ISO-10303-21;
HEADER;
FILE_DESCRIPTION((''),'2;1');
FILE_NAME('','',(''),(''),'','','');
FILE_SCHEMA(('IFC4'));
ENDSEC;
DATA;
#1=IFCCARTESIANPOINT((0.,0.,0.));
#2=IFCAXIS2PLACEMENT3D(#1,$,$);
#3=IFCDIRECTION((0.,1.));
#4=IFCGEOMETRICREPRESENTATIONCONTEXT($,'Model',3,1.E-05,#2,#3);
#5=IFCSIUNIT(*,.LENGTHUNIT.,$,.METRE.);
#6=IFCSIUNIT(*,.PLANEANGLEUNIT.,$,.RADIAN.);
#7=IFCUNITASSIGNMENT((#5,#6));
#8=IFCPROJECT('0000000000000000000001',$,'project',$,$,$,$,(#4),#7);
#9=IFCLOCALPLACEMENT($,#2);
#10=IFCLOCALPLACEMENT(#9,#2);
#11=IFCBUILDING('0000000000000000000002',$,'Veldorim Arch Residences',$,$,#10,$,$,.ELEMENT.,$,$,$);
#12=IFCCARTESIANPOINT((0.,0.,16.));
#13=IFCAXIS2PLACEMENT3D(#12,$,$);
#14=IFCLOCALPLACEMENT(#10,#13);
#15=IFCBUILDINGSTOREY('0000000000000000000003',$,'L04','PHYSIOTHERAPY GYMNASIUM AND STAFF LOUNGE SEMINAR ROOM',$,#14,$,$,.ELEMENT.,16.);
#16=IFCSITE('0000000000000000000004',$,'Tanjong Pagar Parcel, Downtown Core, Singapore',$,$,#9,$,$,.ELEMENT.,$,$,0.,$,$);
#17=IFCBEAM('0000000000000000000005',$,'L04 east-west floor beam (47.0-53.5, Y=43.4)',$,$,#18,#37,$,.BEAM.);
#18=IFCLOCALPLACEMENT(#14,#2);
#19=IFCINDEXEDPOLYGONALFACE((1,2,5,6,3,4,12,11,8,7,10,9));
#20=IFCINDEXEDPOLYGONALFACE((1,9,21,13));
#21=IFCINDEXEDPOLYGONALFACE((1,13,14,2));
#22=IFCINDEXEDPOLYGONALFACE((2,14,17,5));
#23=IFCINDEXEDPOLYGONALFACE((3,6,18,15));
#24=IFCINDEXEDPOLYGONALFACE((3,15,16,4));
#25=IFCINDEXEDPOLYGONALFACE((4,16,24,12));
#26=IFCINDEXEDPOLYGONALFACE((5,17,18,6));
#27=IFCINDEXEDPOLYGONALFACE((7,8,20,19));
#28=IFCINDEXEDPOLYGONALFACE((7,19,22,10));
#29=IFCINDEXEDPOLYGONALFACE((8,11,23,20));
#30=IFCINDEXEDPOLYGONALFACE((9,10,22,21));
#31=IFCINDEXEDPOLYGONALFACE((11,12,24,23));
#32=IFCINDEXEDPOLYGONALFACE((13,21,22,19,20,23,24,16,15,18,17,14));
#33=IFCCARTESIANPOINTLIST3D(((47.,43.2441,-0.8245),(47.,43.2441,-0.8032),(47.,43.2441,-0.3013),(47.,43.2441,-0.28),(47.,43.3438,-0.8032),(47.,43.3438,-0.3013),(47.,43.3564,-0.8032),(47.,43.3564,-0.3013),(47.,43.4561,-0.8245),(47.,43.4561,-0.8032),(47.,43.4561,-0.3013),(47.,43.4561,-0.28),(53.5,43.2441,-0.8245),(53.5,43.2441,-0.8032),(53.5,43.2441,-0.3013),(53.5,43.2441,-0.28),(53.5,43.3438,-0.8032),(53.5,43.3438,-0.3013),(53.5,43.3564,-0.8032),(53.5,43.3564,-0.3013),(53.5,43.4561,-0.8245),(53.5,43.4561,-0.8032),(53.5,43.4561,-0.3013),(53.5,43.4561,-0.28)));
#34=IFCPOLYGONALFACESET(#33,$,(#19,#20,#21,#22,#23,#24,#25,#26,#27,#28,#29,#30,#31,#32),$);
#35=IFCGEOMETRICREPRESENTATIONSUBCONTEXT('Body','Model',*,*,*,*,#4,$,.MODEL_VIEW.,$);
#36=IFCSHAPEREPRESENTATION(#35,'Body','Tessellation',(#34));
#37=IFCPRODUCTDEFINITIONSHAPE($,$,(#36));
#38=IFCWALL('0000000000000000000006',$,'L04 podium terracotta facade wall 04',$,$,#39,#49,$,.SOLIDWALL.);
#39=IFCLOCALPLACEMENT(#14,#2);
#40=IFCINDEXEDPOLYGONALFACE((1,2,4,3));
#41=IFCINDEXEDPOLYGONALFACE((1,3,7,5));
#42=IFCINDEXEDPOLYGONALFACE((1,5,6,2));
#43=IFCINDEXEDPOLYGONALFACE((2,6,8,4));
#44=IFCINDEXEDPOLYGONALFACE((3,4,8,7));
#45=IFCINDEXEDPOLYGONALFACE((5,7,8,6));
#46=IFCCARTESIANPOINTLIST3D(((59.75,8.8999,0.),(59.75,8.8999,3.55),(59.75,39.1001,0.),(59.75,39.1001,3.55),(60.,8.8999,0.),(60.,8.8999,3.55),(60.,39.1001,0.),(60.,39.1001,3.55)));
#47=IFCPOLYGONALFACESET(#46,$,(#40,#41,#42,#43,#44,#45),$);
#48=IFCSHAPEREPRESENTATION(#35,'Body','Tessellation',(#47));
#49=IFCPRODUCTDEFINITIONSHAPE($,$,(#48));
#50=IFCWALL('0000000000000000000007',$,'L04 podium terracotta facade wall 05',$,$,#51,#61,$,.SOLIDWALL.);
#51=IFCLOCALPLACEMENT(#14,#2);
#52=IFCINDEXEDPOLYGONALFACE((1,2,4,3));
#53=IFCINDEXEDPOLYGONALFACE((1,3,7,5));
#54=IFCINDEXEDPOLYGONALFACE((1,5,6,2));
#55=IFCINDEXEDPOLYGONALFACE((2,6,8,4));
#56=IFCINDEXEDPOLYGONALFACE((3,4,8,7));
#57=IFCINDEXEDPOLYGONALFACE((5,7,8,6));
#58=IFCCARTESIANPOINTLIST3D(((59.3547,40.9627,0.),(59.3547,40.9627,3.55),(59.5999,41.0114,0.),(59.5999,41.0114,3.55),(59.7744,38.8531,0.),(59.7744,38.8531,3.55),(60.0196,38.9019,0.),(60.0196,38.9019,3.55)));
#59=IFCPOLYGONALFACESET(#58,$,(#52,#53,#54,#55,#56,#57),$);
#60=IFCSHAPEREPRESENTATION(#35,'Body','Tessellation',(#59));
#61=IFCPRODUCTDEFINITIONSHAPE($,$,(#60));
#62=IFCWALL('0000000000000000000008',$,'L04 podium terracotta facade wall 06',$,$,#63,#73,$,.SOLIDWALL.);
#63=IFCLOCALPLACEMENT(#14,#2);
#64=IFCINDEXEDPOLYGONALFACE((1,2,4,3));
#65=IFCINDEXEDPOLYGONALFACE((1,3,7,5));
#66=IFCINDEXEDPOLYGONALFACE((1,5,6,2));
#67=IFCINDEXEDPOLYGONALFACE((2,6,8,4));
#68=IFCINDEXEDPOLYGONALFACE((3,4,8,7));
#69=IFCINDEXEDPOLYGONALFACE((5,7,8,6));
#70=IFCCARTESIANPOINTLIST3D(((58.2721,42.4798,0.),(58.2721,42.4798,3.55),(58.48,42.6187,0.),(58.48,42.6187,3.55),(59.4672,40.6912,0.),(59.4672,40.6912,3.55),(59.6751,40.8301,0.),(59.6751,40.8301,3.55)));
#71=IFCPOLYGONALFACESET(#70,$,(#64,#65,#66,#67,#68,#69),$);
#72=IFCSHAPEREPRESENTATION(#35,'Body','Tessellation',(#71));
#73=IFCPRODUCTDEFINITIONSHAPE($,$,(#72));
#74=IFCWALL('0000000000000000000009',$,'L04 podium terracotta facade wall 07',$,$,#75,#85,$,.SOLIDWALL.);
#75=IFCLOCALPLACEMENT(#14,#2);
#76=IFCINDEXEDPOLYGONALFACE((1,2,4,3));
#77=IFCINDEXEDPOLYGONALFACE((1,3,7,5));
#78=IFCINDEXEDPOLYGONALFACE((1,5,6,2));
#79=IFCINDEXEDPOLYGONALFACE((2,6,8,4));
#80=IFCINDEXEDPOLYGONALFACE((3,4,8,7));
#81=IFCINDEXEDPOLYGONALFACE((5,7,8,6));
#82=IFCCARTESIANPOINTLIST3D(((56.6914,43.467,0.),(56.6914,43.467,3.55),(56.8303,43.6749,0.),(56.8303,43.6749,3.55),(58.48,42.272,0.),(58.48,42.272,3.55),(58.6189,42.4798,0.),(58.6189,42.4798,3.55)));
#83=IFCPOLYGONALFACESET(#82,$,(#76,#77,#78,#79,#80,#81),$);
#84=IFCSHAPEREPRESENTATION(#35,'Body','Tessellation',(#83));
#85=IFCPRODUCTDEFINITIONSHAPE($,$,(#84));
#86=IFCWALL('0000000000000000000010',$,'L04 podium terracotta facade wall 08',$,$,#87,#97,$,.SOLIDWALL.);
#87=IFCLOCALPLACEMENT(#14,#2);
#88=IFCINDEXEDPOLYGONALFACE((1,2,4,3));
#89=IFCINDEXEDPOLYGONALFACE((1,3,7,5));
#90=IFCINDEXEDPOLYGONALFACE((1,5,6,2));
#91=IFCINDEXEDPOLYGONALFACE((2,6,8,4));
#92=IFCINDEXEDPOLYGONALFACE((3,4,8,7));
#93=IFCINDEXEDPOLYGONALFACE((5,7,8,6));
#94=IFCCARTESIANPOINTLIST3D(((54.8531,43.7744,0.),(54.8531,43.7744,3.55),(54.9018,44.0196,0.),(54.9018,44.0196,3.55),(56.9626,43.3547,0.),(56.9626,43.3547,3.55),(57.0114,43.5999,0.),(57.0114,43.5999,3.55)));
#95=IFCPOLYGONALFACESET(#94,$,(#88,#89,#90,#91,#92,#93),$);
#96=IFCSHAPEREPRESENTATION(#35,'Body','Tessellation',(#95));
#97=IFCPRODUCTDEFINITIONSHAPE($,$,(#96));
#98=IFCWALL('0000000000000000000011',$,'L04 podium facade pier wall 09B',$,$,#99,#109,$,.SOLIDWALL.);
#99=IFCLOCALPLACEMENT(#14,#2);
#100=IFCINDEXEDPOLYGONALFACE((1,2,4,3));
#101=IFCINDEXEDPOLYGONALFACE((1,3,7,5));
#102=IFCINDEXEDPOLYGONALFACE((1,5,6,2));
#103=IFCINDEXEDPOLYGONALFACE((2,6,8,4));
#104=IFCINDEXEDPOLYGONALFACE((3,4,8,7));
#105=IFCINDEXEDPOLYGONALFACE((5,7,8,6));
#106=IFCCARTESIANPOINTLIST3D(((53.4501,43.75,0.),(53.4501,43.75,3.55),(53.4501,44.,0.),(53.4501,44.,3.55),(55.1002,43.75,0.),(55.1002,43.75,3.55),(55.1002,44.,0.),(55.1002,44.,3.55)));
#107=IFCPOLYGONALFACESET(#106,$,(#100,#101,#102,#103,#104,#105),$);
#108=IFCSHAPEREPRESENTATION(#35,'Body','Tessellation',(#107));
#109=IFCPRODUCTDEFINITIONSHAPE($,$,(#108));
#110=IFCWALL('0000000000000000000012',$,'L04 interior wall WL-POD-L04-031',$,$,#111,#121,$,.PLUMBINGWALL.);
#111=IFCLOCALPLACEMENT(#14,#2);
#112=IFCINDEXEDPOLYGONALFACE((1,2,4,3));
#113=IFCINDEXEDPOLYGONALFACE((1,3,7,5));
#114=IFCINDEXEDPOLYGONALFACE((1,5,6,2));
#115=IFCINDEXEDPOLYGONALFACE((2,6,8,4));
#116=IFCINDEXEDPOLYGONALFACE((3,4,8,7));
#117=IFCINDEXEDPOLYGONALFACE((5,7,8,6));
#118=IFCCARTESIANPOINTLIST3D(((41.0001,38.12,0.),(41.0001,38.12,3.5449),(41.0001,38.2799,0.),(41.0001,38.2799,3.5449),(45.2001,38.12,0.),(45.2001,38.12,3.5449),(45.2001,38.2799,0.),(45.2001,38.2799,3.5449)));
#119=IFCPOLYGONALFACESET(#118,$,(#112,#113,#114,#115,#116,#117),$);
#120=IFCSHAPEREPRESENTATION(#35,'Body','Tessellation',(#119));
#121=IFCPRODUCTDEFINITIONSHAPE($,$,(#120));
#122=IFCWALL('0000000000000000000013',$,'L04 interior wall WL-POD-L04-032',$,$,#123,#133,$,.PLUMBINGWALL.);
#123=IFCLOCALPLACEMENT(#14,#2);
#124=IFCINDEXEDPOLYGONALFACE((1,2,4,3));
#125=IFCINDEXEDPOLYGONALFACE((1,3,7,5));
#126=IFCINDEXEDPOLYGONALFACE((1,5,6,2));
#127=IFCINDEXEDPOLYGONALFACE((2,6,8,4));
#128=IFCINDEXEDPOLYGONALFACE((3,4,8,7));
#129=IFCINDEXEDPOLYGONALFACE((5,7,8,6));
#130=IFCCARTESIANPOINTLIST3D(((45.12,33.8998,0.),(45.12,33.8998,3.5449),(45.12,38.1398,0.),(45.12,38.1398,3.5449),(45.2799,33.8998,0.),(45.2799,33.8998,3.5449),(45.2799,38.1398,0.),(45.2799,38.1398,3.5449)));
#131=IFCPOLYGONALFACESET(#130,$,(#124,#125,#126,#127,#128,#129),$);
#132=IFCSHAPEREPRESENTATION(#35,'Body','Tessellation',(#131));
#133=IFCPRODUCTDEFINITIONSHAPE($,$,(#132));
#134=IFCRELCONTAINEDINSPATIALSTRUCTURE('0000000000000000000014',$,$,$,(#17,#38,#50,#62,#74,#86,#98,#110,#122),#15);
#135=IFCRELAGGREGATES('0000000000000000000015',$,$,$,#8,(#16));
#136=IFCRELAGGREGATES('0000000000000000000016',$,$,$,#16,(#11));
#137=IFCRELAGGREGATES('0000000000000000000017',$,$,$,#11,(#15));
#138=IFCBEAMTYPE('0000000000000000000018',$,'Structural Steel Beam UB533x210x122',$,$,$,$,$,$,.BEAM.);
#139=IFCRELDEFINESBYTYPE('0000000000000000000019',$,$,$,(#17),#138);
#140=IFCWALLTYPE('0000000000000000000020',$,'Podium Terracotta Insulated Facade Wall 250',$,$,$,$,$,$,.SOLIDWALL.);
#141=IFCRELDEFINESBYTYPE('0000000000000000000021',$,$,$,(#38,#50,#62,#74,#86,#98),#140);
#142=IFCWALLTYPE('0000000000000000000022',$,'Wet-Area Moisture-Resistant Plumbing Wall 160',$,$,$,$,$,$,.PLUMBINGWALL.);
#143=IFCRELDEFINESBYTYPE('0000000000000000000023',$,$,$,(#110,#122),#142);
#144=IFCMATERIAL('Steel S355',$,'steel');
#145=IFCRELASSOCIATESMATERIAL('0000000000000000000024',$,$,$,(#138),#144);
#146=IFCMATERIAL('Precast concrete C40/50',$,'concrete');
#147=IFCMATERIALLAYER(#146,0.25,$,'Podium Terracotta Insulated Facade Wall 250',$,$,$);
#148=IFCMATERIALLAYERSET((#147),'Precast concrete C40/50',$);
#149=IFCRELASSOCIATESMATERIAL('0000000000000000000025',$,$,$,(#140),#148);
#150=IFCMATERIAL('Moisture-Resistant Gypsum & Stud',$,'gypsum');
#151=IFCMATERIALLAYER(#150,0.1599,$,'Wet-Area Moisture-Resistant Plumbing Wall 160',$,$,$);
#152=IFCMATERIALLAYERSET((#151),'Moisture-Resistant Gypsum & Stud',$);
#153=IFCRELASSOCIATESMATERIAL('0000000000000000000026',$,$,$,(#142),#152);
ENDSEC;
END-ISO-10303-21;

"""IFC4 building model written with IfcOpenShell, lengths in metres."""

from ifc_helpers import new_model, si_unit, direction, frame, frame_2d, origin, origin_2d, place, context, subcontext, project, spatial, rectangle, i_section, extrude, material, layer, layer_set, material_profile, profile_set, type_object, element, save


model = new_model("IFC4")

# Units and contexts
model_context = context("Model", 3, precision=1e-05, world=origin(), true_north=direction((0.0, 1.0)))
body_context = subcontext(model_context, "Body", "Model", "MODEL_VIEW")
ifc_project = project(units=[si_unit("LENGTHUNIT", "METRE"), si_unit("PLANEANGLEUNIT", "RADIAN")], contexts=[model_context])

# Site, building, storey
site_placement = place(None, origin())
site = spatial("IfcSite", under=ifc_project, at=site_placement, Name="Tanjong Pagar Parcel, Downtown Core, Singapore", CompositionType="ELEMENT", RefElevation=0.0)
building_placement = place(site_placement, origin())
building = spatial("IfcBuilding", under=site, at=building_placement, Name="Veldorim Arch Residences", CompositionType="ELEMENT")
storey_placement = place(building_placement, frame((0.0, 0.0, 16.0)))
storey = spatial("IfcBuildingStorey", under=building, at=storey_placement, Name="L04", Description="PHYSIOTHERAPY GYMNASIUM AND STAFF LOUNGE SEMINAR ROOM", CompositionType="ELEMENT", Elevation=16.0)

# Beam
ifc_material_1 = material(Name="Steel S355", Category="steel")
ifc_material_profile_1 = material_profile(ifc_material_1, i_section(OverallWidth=0.2119, OverallDepth=0.5444, WebThickness=0.0127, FlangeThickness=0.0212, at=origin_2d()), Name="UB533x210x122")
ifc_profile_set_1 = profile_set([ifc_material_profile_1], Name="Steel S355")
beam_type_1 = type_object("IfcBeamType", Name="Structural Steel Beam UB533x210x122", PredefinedType="BEAM", material=ifc_profile_set_1)
beam_1_placement = place(storey_placement, frame((47.0, 43.3501, -0.5522), z_axis=(1.0, 0.0, 0.0), x_axis=(0.0, 1.0, 0.0)))
element("IfcBeam", 1, at=beam_1_placement, inside=storey, type_object=beam_type_1, Name="L04 east-west floor beam (47.0-53.5, Y=43.4)", PredefinedType="BEAM", context=body_context, shape_type="SweptSolid", body=[
    extrude(i_section(OverallWidth=0.2119, OverallDepth=0.5444, WebThickness=0.0127, FlangeThickness=0.0212, at=origin_2d()), origin(), (0.0, 0.0, 1.0), 6.5),
])

# Walls
ifc_material_2 = material(Name="Precast concrete C40/50", Category="concrete")
ifc_layer_1 = layer(ifc_material_2, 0.25, Name="Podium Terracotta Insulated Facade Wall 250")
ifc_layer_set_1 = layer_set([ifc_layer_1], Name="Precast concrete C40/50")
wall_type_1 = type_object("IfcWallType", Name="Podium Terracotta Insulated Facade Wall 250", PredefinedType="SOLIDWALL", material=ifc_layer_set_1)
wall_1_placement = place(storey_placement, frame((59.875, 39.1001, 0.0), z_axis=(0.0, 0.0, 1.0), x_axis=(0.0, -1.0, 0.0)))
element("IfcWall", 2, at=wall_1_placement, inside=storey, type_object=wall_type_1, Name="L04 podium terracotta facade wall 04", PredefinedType="SOLIDWALL", context=body_context, shape_type="SweptSolid", body=[
    extrude(rectangle(XDim=30.2002, YDim=0.25, at=frame_2d((15.1001, 0.0))), origin(), (0.0, 0.0, 1.0), 3.55),
])
wall_2_placement = place(storey_placement, frame((59.4773, 40.9871, 0.0), z_axis=(0.0, 0.0, 1.0), x_axis=(0.195112, -0.980781, 0.0)))
element("IfcWall", 3, at=wall_2_placement, inside=storey, type_object=wall_type_1, Name="L04 podium terracotta facade wall 05", PredefinedType="SOLIDWALL", context=body_context, shape_type="SweptSolid", body=[
    extrude(rectangle(XDim=2.1509, YDim=0.25, at=frame_2d((1.0754, 0.0))), origin(), (0.0, 0.0, 1.0), 3.55),
])
for number, where, z_axis, x_axis, name in (
    (4, (58.376, 42.5493, 0.0), (0.0, 0.0, 1.0), (0.555564, -0.831474, 0.0), "L04 podium terracotta facade wall 06"),
    (5, (56.7607, 43.571, 0.0), (0.0, 0.0, 1.0), (0.831474, -0.555564, 0.0), "L04 podium terracotta facade wall 07"),
):
    element("IfcWall", number, at=place(storey_placement, frame(where, z_axis=z_axis, x_axis=x_axis)), inside=storey, type_object=wall_type_1, Name=name, PredefinedType="SOLIDWALL", context=body_context, shape_type="SweptSolid", body=[
        extrude(rectangle(XDim=2.1511, YDim=0.25, at=frame_2d((1.0757, 0.0))), origin(), (0.0, 0.0, 1.0), 3.55),
    ])
wall_3_placement = place(storey_placement, frame((54.8774, 43.897, 0.0), z_axis=(0.0, 0.0, 1.0), x_axis=(0.980781, -0.195112, 0.0)))
element("IfcWall", 6, at=wall_3_placement, inside=storey, type_object=wall_type_1, Name="L04 podium terracotta facade wall 08", PredefinedType="SOLIDWALL", context=body_context, shape_type="SweptSolid", body=[
    extrude(rectangle(XDim=2.1509, YDim=0.25, at=frame_2d((1.0754, 0.0))), origin(), (0.0, 0.0, 1.0), 3.55),
])
wall_4_placement = place(storey_placement, frame((53.45, 43.875, 0.0), z_axis=(0.0, 0.0, 1.0), x_axis=(1.0, 0.0, 0.0)))
element("IfcWall", 7, at=wall_4_placement, inside=storey, type_object=wall_type_1, Name="L04 podium facade pier wall 09B", PredefinedType="SOLIDWALL", context=body_context, shape_type="SweptSolid", body=[
    extrude(rectangle(XDim=1.6501, YDim=0.25, at=frame_2d((0.8252, 0.0))), origin(), (0.0, 0.0, 1.0), 3.55),
])
ifc_material_3 = material(Name="Moisture-Resistant Gypsum & Stud", Category="gypsum")
ifc_layer_2 = layer(ifc_material_3, 0.1599, Name="Wet-Area Moisture-Resistant Plumbing Wall 160")
ifc_layer_set_2 = layer_set([ifc_layer_2], Name="Moisture-Resistant Gypsum & Stud")
wall_type_2 = type_object("IfcWallType", Name="Wet-Area Moisture-Resistant Plumbing Wall 160", PredefinedType="PLUMBINGWALL", material=ifc_layer_set_2)
wall_5_placement = place(storey_placement, frame((41.0, 38.2, 0.0), z_axis=(0.0, 0.0, 1.0), x_axis=(1.0, 0.0, 0.0)))
element("IfcWall", 8, at=wall_5_placement, inside=storey, type_object=wall_type_2, Name="L04 interior wall WL-POD-L04-031", PredefinedType="PLUMBINGWALL", context=body_context, shape_type="SweptSolid", body=[
    extrude(rectangle(XDim=4.2, YDim=0.1599, at=frame_2d((2.1001, 0.0))), origin(), (0.0, 0.0, 1.0), 3.5449),
])
wall_6_placement = place(storey_placement, frame((45.2, 38.1399, 0.0), z_axis=(0.0, 0.0, 1.0), x_axis=(0.0, -1.0, 0.0)))
element("IfcWall", 9, at=wall_6_placement, inside=storey, type_object=wall_type_2, Name="L04 interior wall WL-POD-L04-032", PredefinedType="PLUMBINGWALL", context=body_context, shape_type="SweptSolid", body=[
    extrude(rectangle(XDim=4.24, YDim=0.1599, at=frame_2d((2.1201, 0.0))), origin(), (0.0, 0.0, 1.0), 3.5449),
])

save(model, "model.ifc")
